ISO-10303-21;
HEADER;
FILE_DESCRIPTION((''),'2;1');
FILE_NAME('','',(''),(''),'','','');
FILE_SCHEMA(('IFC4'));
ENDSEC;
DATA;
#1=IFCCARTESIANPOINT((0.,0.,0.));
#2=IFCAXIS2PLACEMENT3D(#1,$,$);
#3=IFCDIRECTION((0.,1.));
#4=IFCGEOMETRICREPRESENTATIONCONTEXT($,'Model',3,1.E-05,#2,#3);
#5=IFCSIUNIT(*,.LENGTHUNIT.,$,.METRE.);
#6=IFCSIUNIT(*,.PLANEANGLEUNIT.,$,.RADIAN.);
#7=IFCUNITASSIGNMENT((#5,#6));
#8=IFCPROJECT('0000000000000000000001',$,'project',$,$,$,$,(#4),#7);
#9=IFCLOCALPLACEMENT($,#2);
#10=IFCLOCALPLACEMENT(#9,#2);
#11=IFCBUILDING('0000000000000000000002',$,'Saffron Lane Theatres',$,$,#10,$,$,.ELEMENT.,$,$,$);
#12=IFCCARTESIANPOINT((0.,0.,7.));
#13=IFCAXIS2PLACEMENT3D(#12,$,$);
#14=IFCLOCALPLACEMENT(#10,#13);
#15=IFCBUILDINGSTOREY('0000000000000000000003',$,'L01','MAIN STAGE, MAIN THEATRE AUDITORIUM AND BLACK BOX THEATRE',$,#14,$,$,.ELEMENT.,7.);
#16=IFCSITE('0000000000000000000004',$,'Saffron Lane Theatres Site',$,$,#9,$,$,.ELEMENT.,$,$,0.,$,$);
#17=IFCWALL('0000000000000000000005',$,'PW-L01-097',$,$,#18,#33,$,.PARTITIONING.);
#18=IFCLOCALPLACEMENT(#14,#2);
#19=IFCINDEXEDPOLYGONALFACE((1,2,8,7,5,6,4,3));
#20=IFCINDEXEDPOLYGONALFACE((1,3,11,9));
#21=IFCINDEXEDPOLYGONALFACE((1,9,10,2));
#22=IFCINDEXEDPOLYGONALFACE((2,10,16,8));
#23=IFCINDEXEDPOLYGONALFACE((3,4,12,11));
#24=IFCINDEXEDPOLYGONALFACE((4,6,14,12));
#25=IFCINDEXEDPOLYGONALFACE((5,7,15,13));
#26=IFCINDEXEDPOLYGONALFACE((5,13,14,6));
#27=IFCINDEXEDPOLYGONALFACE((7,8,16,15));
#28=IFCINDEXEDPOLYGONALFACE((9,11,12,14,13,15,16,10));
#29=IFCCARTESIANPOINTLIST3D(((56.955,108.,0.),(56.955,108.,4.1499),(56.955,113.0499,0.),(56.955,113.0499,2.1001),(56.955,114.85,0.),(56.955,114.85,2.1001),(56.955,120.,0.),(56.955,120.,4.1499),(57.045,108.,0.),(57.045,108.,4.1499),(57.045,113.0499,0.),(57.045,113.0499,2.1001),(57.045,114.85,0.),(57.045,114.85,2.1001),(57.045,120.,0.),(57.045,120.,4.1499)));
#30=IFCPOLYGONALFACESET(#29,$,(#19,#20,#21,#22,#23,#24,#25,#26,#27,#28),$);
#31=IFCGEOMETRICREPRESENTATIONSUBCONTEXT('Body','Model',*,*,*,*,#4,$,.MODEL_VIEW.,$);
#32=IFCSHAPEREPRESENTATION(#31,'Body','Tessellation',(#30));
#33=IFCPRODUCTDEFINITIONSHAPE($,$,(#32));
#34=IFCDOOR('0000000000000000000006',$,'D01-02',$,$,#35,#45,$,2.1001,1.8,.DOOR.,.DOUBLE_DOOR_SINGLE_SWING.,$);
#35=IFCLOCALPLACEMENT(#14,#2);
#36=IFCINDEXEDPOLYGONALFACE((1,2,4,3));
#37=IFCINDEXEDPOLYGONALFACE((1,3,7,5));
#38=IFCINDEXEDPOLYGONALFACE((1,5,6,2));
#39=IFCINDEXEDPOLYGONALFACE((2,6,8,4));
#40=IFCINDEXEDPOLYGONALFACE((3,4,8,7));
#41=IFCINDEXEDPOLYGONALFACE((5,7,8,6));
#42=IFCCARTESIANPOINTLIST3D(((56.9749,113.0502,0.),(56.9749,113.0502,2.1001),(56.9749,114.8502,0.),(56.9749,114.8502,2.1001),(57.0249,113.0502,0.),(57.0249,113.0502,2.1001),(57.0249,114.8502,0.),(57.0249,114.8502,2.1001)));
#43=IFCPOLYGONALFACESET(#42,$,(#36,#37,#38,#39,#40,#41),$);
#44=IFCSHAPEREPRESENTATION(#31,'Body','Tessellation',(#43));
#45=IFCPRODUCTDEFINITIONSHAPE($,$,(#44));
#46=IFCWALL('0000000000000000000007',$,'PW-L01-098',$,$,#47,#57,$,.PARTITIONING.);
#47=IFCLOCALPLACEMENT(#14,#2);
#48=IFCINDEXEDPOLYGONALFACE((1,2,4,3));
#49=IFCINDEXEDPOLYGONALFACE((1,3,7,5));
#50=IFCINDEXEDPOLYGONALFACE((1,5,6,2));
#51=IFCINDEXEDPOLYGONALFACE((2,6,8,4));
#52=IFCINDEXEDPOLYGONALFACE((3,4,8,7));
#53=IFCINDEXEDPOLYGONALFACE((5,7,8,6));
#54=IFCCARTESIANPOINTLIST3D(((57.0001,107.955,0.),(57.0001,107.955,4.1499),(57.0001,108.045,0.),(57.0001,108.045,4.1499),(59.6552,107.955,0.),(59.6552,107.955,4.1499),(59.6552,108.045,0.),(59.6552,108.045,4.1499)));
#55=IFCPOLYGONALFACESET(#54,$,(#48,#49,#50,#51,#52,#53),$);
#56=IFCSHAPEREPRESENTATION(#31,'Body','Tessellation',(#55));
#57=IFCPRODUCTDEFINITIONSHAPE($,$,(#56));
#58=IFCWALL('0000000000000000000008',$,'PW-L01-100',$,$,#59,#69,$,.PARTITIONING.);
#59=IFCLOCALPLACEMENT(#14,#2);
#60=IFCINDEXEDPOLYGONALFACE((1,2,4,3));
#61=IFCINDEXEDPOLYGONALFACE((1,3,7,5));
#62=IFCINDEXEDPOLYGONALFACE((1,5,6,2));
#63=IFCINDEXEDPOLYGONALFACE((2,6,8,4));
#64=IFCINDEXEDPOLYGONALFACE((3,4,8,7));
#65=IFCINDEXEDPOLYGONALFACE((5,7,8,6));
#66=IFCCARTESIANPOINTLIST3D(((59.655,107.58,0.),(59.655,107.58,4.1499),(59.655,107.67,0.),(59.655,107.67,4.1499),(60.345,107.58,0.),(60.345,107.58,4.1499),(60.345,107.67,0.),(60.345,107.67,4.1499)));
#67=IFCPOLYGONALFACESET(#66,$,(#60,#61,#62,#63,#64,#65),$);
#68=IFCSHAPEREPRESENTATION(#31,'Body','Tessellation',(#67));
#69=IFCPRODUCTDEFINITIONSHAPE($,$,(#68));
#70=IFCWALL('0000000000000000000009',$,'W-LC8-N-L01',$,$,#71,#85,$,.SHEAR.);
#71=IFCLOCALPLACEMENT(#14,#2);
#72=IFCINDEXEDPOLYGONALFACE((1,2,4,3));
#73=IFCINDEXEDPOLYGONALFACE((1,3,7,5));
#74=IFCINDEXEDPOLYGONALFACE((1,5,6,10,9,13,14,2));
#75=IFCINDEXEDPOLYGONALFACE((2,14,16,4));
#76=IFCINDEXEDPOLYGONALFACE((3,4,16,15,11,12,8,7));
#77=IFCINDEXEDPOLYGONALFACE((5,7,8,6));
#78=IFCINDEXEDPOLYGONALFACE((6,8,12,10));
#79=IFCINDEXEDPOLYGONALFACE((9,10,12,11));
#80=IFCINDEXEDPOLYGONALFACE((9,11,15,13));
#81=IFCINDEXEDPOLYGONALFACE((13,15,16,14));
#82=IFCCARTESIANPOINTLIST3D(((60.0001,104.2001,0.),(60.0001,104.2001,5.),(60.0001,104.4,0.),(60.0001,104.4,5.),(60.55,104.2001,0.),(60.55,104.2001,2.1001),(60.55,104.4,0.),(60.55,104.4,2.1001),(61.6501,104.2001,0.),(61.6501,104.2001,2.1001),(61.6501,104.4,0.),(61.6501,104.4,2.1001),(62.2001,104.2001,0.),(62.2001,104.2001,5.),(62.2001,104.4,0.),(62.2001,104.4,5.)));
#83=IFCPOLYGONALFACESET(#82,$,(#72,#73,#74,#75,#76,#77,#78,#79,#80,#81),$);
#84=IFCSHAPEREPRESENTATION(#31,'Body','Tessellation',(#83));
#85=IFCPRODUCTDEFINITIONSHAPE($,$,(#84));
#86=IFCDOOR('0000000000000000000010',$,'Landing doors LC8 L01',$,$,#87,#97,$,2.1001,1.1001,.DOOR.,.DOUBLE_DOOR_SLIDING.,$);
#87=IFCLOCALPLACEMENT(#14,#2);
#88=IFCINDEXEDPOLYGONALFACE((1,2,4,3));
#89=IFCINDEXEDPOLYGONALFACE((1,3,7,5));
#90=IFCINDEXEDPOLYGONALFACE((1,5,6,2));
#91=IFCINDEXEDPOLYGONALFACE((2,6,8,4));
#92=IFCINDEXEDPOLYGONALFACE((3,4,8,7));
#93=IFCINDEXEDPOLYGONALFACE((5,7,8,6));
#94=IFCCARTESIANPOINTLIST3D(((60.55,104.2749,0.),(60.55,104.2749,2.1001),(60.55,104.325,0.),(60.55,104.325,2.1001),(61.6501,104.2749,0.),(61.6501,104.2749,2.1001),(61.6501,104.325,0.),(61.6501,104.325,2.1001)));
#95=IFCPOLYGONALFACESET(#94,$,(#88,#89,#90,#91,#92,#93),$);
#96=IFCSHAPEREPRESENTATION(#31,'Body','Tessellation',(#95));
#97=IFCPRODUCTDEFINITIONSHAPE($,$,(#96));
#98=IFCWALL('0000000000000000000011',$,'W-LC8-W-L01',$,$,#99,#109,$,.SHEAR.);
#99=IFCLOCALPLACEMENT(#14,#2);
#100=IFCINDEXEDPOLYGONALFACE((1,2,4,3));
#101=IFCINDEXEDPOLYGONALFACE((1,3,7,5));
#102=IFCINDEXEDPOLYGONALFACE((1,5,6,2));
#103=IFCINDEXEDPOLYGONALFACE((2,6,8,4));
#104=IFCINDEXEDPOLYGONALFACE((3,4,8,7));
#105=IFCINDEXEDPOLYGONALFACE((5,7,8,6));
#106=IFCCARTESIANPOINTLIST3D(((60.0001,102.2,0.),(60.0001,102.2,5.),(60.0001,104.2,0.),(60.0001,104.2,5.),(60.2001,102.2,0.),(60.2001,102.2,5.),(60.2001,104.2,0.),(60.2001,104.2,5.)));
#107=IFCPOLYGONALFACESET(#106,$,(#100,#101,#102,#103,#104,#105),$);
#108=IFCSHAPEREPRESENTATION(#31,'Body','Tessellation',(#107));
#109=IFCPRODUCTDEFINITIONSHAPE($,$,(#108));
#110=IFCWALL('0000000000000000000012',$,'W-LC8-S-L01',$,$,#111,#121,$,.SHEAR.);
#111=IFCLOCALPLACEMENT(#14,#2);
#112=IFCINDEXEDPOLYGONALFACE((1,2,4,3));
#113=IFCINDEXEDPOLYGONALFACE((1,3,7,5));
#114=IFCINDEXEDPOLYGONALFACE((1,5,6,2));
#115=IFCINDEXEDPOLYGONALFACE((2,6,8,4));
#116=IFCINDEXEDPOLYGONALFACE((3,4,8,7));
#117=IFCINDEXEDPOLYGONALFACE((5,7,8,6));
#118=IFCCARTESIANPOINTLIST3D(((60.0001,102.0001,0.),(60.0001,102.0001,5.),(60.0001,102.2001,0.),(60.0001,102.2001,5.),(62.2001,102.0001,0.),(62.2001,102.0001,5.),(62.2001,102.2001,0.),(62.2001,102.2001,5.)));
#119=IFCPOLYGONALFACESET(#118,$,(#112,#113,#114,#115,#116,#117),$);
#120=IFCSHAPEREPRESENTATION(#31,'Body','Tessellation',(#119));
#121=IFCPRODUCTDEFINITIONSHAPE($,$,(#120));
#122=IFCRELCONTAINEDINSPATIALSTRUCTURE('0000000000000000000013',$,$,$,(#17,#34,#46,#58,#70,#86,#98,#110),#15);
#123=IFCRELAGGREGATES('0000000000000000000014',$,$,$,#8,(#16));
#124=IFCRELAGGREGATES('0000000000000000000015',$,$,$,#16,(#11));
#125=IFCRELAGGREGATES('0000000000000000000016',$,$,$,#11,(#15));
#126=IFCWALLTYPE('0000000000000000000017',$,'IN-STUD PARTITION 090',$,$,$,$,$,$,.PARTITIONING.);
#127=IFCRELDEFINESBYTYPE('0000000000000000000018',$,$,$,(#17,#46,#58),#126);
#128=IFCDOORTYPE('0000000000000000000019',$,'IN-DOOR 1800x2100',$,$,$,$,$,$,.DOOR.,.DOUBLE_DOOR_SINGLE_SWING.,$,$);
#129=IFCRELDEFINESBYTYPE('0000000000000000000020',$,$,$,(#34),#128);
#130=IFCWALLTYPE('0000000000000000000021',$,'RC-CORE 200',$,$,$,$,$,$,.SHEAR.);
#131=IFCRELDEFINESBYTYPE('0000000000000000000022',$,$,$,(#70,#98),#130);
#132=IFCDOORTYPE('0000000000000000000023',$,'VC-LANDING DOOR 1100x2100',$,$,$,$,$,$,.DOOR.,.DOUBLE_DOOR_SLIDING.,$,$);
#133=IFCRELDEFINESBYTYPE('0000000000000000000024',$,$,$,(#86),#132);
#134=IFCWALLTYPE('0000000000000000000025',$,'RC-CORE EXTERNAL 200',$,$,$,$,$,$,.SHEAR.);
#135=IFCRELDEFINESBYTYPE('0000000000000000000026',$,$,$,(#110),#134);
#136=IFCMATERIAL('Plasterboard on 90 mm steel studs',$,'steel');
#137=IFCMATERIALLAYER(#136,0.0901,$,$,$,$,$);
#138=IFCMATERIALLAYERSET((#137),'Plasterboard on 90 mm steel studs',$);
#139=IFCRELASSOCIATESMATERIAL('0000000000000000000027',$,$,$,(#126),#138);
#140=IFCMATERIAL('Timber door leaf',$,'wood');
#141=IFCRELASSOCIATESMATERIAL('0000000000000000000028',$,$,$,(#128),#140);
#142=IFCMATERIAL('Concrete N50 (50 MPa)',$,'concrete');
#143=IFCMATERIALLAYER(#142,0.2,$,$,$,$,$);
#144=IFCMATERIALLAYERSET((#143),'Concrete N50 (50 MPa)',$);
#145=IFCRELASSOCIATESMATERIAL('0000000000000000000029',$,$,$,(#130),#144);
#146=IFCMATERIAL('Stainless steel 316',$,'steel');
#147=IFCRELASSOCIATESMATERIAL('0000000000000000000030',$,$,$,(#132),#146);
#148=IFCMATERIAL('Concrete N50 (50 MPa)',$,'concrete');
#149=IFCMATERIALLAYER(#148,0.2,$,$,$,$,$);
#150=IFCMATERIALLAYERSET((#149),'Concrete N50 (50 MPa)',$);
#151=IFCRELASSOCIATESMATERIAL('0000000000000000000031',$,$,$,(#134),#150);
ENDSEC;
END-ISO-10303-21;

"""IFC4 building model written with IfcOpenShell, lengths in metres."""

from ifc_helpers import new_model, si_unit, direction, frame, frame_2d, origin, place, context, subcontext, project, spatial, rectangle, extrude, material, layer, layer_set, type_object, element, fill, save


model = new_model("IFC4")

# Units and contexts
model_context = context("Model", 3, precision=1e-05, world=origin(), true_north=direction((0.0, 1.0)))
body_context = subcontext(model_context, "Body", "Model", "MODEL_VIEW")
ifc_project = project(units=[si_unit("LENGTHUNIT", "METRE"), si_unit("PLANEANGLEUNIT", "RADIAN")], contexts=[model_context])

# Site, building, storey
site_placement = place(None, origin())
site = spatial("IfcSite", under=ifc_project, at=site_placement, Name="Saffron Lane Theatres Site", CompositionType="ELEMENT", RefElevation=0.0)
building_placement = place(site_placement, origin())
building = spatial("IfcBuilding", under=site, at=building_placement, Name="Saffron Lane Theatres", CompositionType="ELEMENT")
storey_placement = place(building_placement, frame((0.0, 0.0, 7.0)))
storey = spatial("IfcBuildingStorey", under=building, at=storey_placement, Name="L01", Description="MAIN STAGE, MAIN THEATRE AUDITORIUM AND BLACK BOX THEATRE", CompositionType="ELEMENT", Elevation=7.0)

# Wall, opening, door
ifc_material_1 = material(Name="Plasterboard on 90 mm steel studs", Category="steel")
ifc_layer_1 = layer(ifc_material_1, 0.0901)
ifc_layer_set_1 = layer_set([ifc_layer_1], Name="Plasterboard on 90 mm steel studs")
wall_type_1 = type_object("IfcWallType", Name="IN-STUD PARTITION 090", PredefinedType="PARTITIONING", material=ifc_layer_set_1)
wall_1_placement = place(storey_placement, frame((57.0, 108.0, 0.0), z_axis=(0.0, 0.0, 1.0), x_axis=(0.0, 1.0, 0.0)))
wall_1 = element("IfcWall", 1, at=wall_1_placement, inside=storey, type_object=wall_type_1, Name="PW-L01-097", PredefinedType="PARTITIONING", context=body_context, shape_type="SweptSolid", body=[
    extrude(rectangle(XDim=12.0, YDim=0.0901, at=frame_2d((6.0, 0.0))), origin(), (0.0, 0.0, 1.0), 4.1499),
])
opening_1_placement = place(wall_1_placement, frame((5.05, 0.0, 0.0)))
opening_1 = element("IfcOpeningElement", 2, at=opening_1_placement, cuts=wall_1, PredefinedType="OPENING", context=body_context, shape_type="SweptSolid", body=[
    extrude(rectangle(XDim=1.8, YDim=2.1001, at=frame_2d((0.8999, 1.05))), frame((0.0, 0.0552, 0.0), z_axis=(0.0, -1.0, 0.0), x_axis=(1.0, 0.0, 0.0)), (0.0, 0.0, 1.0), 0.1101),
])
ifc_material_2 = material(Name="Timber door leaf", Category="wood")
door_type_1 = type_object("IfcDoorType", Name="IN-DOOR 1800x2100", OperationType="DOUBLE_DOOR_SINGLE_SWING", PredefinedType="DOOR", material=ifc_material_2)
door_1_placement = place(opening_1_placement, frame((1.8, 0.0, 0.0), z_axis=(0.0, 0.0, 1.0), x_axis=(-1.0, 0.0, 0.0)))
door_1 = element("IfcDoor", 3, at=door_1_placement, inside=storey, type_object=door_type_1, Name="D01-02", OperationType="DOUBLE_DOOR_SINGLE_SWING", OverallHeight=2.1001, OverallWidth=1.8, PredefinedType="DOOR", context=body_context, shape_type="SweptSolid", body=[
    extrude(rectangle(XDim=1.8, YDim=2.1001, at=frame_2d((0.8999, 1.05))), frame((0.0, 0.0249, 0.0), z_axis=(0.0, -1.0, 0.0), x_axis=(1.0, 0.0, 0.0)), (0.0, 0.0, 1.0), 0.05),
])
fill(opening_1, door_1)

# Walls
wall_2_placement = place(storey_placement, frame((57.0, 108.0, 0.0), z_axis=(0.0, 0.0, 1.0), x_axis=(1.0, 0.0, 0.0)))
element("IfcWall", 4, at=wall_2_placement, inside=storey, type_object=wall_type_1, Name="PW-L01-098", PredefinedType="PARTITIONING", context=body_context, shape_type="SweptSolid", body=[
    extrude(rectangle(XDim=2.655, YDim=0.0901, at=frame_2d((1.3276, 0.0))), origin(), (0.0, 0.0, 1.0), 4.1499),
])
wall_3_placement = place(storey_placement, frame((59.655, 107.625, 0.0), z_axis=(0.0, 0.0, 1.0), x_axis=(1.0, 0.0, 0.0)))
element("IfcWall", 5, at=wall_3_placement, inside=storey, type_object=wall_type_1, Name="PW-L01-100", PredefinedType="PARTITIONING", context=body_context, shape_type="SweptSolid", body=[
    extrude(rectangle(XDim=0.6899, YDim=0.0901, at=frame_2d((0.345, 0.0))), origin(), (0.0, 0.0, 1.0), 4.1499),
])

# Wall, opening, door
ifc_material_3 = material(Name="Concrete N50 (50 MPa)", Category="concrete")
ifc_layer_2 = layer(ifc_material_3, 0.2)
ifc_layer_set_2 = layer_set([ifc_layer_2], Name="Concrete N50 (50 MPa)")
wall_type_2 = type_object("IfcWallType", Name="RC-CORE 200", PredefinedType="SHEAR", material=ifc_layer_set_2)
wall_4_placement = place(storey_placement, frame((60.0, 104.3, 0.0), z_axis=(0.0, 0.0, 1.0), x_axis=(1.0, 0.0, 0.0)))
wall_4 = element("IfcWall", 6, at=wall_4_placement, inside=storey, type_object=wall_type_2, Name="W-LC8-N-L01", PredefinedType="SHEAR", context=body_context, shape_type="SweptSolid", body=[
    extrude(rectangle(XDim=2.2, YDim=0.2, at=frame_2d((1.1001, 0.0))), origin(), (0.0, 0.0, 1.0), 5.0),
])
opening_2_placement = place(wall_4_placement, frame((0.55, 0.0, 0.0)))
opening_2 = element("IfcOpeningElement", 7, at=opening_2_placement, cuts=wall_4, PredefinedType="OPENING", context=body_context, shape_type="SweptSolid", body=[
    extrude(rectangle(XDim=1.1001, YDim=2.1001, at=frame_2d((0.55, 1.05))), frame((0.0, 0.1099, 0.0), z_axis=(0.0, -1.0, 0.0), x_axis=(1.0, 0.0, 0.0)), (0.0, 0.0, 1.0), 0.22),
])
ifc_material_4 = material(Name="Stainless steel 316", Category="steel")
door_type_2 = type_object("IfcDoorType", Name="VC-LANDING DOOR 1100x2100", OperationType="DOUBLE_DOOR_SLIDING", PredefinedType="DOOR", material=ifc_material_4)
door_2_placement = place(opening_2_placement, origin())
door_2 = element("IfcDoor", 8, at=door_2_placement, inside=storey, type_object=door_type_2, Name="Landing doors LC8 L01", OperationType="DOUBLE_DOOR_SLIDING", OverallHeight=2.1001, OverallWidth=1.1001, PredefinedType="DOOR", context=body_context, shape_type="SweptSolid", body=[
    extrude(rectangle(XDim=1.1001, YDim=2.1001, at=frame_2d((0.55, 1.05))), frame((0.0, 0.0249, 0.0), z_axis=(0.0, -1.0, 0.0), x_axis=(1.0, 0.0, 0.0)), (0.0, 0.0, 1.0), 0.05),
])
fill(opening_2, door_2)

# Walls
wall_5_placement = place(storey_placement, frame((60.1001, 102.2, 0.0), z_axis=(0.0, 0.0, 1.0), x_axis=(0.0, 1.0, 0.0)))
element("IfcWall", 9, at=wall_5_placement, inside=storey, type_object=wall_type_2, Name="W-LC8-W-L01", PredefinedType="SHEAR", context=body_context, shape_type="SweptSolid", body=[
    extrude(rectangle(XDim=2.0, YDim=0.2, at=frame_2d((1.0, 0.0))), origin(), (0.0, 0.0, 1.0), 5.0),
])
ifc_material_5 = material(Name="Concrete N50 (50 MPa)", Category="concrete")
ifc_layer_3 = layer(ifc_material_5, 0.2)
ifc_layer_set_3 = layer_set([ifc_layer_3], Name="Concrete N50 (50 MPa)")
wall_type_3 = type_object("IfcWallType", Name="RC-CORE EXTERNAL 200", PredefinedType="SHEAR", material=ifc_layer_set_3)
wall_6_placement = place(storey_placement, frame((60.0, 102.1001, 0.0), z_axis=(0.0, 0.0, 1.0), x_axis=(1.0, 0.0, 0.0)))
element("IfcWall", 10, at=wall_6_placement, inside=storey, type_object=wall_type_3, Name="W-LC8-S-L01", PredefinedType="SHEAR", context=body_context, shape_type="SweptSolid", body=[
    extrude(rectangle(XDim=2.2, YDim=0.2, at=frame_2d((1.1001, 0.0))), origin(), (0.0, 0.0, 1.0), 5.0),
])

save(model, "model.ifc")
